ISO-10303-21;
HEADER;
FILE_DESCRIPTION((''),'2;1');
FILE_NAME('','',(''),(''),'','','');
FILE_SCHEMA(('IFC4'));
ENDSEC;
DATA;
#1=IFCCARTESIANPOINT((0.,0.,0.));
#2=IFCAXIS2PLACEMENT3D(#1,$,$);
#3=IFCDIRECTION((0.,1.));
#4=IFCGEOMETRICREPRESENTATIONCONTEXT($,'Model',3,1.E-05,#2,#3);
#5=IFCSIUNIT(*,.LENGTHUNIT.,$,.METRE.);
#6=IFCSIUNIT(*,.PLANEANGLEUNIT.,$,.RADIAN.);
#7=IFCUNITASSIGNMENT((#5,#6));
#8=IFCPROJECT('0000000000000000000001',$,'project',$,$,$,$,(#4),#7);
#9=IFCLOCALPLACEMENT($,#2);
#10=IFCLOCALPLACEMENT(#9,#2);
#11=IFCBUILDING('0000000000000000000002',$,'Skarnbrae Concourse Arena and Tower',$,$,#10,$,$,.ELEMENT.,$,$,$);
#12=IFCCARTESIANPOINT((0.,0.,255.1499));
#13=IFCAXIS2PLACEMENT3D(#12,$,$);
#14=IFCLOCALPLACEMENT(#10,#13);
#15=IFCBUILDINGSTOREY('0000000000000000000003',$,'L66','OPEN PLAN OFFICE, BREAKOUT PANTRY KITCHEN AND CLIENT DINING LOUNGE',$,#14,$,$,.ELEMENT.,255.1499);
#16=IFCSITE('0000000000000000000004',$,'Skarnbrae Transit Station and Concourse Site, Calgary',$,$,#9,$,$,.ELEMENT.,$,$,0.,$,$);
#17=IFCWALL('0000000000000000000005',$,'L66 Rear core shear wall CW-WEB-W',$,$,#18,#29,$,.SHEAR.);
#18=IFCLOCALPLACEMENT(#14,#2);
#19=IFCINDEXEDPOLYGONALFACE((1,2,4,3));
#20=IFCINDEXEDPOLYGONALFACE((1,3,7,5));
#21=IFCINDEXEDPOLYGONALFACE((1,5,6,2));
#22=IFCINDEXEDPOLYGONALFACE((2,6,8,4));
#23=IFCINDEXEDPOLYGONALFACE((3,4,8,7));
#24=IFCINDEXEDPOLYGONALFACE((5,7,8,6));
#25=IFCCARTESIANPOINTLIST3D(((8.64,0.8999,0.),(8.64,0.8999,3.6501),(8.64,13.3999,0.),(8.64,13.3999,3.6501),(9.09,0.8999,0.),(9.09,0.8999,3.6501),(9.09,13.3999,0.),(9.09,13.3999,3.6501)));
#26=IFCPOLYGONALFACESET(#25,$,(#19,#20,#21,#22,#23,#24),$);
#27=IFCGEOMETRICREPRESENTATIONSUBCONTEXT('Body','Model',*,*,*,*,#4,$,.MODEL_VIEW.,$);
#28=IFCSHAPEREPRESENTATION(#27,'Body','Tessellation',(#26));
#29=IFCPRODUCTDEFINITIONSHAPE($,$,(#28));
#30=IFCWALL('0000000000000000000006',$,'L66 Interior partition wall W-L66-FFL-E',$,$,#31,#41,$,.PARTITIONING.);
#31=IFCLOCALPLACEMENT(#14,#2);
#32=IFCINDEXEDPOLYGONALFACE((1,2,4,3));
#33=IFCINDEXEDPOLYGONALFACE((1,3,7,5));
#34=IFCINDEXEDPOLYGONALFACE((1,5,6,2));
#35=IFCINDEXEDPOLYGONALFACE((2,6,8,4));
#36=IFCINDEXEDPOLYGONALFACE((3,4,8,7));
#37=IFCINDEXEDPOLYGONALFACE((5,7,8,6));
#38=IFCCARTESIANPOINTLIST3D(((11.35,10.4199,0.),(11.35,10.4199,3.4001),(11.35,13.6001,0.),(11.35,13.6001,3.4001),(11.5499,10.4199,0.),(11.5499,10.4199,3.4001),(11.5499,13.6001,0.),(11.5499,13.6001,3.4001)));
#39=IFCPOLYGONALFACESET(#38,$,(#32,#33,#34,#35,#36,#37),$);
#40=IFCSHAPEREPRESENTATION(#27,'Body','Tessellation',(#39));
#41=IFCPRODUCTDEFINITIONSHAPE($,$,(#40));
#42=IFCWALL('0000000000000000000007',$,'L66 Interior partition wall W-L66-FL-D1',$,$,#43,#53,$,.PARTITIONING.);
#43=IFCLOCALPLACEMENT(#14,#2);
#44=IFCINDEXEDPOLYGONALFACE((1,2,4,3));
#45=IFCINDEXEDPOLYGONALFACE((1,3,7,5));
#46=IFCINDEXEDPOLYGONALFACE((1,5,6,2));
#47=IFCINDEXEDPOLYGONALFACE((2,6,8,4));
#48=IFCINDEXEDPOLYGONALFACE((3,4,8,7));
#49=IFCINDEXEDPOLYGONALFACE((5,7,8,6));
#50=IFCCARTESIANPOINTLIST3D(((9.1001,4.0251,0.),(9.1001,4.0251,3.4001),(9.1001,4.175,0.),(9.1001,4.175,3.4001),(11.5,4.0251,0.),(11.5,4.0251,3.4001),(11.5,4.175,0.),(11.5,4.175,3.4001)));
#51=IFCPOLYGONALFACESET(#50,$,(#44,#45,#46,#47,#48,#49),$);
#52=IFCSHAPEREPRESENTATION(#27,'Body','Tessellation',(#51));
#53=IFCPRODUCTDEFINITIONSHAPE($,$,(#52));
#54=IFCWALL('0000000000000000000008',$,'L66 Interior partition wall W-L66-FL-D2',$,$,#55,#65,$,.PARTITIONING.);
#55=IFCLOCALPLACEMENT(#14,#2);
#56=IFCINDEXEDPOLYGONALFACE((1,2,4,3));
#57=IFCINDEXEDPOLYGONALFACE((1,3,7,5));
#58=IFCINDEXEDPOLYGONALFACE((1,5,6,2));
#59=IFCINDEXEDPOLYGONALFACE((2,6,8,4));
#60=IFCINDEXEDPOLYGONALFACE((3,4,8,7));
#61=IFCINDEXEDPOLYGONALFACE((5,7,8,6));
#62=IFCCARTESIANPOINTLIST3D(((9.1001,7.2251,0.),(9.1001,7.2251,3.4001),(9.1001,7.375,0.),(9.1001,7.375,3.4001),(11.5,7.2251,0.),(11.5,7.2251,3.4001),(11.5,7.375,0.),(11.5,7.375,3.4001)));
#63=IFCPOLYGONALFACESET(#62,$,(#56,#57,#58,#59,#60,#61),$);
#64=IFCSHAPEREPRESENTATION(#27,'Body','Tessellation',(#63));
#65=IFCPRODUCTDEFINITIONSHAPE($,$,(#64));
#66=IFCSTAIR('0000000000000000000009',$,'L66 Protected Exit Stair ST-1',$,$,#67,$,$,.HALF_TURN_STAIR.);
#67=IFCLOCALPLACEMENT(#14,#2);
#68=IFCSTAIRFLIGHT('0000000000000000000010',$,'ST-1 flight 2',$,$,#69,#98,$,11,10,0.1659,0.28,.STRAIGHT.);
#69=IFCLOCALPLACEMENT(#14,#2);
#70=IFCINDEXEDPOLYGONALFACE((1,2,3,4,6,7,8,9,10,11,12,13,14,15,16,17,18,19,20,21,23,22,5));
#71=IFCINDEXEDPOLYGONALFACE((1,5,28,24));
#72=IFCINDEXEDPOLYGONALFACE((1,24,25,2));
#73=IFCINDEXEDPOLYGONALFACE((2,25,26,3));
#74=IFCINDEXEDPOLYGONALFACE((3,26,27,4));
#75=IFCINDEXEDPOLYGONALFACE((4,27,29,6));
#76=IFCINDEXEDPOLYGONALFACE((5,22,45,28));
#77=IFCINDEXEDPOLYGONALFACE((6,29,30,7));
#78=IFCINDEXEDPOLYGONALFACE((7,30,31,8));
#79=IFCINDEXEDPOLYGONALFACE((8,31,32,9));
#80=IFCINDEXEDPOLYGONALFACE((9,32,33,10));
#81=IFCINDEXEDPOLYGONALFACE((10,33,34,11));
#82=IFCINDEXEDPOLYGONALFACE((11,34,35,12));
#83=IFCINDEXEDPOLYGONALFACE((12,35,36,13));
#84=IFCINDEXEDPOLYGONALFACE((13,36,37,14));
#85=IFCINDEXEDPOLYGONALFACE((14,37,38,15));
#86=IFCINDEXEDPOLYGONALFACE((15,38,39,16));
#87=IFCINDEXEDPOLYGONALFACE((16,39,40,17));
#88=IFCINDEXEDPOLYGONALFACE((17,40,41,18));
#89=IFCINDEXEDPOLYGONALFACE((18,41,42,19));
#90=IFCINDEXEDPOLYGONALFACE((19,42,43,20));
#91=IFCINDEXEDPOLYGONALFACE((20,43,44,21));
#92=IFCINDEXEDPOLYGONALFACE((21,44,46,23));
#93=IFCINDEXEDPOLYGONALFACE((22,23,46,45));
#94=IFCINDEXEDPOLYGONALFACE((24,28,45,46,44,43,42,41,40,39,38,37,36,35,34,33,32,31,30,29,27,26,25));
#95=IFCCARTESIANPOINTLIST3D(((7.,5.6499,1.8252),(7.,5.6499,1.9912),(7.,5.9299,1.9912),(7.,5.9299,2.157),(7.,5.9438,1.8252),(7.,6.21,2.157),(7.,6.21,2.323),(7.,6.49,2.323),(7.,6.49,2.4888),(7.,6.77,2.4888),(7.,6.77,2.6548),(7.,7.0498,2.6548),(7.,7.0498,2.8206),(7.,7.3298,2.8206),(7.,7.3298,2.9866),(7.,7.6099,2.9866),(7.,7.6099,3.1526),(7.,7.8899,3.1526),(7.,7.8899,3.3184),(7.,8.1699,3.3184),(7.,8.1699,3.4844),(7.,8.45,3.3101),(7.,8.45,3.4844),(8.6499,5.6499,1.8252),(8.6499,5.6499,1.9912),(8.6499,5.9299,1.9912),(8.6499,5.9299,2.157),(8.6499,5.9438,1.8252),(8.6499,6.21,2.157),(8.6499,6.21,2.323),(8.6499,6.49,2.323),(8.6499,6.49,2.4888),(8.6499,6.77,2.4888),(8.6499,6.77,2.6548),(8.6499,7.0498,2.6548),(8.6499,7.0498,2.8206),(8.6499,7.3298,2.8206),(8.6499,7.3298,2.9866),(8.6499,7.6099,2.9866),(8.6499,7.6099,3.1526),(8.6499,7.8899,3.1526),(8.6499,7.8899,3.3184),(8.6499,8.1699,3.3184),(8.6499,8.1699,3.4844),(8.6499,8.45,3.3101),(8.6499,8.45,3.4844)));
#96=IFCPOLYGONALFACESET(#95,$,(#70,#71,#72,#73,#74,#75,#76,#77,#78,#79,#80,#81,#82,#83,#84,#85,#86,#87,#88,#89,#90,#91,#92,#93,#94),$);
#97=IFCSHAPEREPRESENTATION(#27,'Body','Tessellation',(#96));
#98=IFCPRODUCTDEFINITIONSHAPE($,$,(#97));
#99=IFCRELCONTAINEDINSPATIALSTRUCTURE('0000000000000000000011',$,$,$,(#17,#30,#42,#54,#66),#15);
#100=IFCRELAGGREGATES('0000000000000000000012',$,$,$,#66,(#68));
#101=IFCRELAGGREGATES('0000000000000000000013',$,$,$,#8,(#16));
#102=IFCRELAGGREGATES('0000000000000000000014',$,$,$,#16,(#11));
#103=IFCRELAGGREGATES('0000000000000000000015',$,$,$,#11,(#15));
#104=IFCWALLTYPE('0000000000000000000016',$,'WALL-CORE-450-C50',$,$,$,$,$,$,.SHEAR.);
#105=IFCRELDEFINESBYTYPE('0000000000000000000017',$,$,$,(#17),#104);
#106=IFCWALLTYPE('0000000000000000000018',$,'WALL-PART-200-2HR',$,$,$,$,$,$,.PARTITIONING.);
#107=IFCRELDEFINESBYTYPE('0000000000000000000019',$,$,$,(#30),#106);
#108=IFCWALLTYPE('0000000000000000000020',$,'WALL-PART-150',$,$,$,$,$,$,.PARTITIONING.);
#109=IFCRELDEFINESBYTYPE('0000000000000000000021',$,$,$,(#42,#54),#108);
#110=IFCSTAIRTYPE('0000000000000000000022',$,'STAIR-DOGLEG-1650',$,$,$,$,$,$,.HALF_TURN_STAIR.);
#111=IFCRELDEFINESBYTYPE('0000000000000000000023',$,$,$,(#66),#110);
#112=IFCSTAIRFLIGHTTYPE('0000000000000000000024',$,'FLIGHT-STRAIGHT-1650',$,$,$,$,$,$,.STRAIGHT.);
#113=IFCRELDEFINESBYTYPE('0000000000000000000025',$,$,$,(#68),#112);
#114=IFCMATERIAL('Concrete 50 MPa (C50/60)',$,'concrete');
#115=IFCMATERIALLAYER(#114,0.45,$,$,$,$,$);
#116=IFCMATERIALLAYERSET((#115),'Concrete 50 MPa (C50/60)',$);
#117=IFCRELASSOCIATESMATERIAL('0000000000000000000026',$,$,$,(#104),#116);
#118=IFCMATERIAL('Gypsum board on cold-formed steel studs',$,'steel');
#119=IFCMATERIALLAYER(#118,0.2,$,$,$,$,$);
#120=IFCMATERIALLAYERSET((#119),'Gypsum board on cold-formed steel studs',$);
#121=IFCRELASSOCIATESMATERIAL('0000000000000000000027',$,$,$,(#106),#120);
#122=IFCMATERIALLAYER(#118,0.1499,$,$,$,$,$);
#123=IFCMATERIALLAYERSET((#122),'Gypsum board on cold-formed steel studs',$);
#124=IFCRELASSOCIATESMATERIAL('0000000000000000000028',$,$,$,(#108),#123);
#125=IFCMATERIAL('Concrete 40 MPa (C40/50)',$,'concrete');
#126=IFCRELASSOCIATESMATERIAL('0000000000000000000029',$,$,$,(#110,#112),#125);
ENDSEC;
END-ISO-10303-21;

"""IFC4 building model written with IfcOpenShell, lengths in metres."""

from ifc_helpers import new_model, si_unit, direction, frame, frame_2d, origin, place, context, subcontext, project, spatial, polyline, rectangle, outline, extrude, source, transform, mapped, material, layer, layer_set, type_object, element, aggregate, save


model = new_model("IFC4")

# Units and contexts
model_context = context("Model", 3, precision=1e-05, world=origin(), true_north=direction((0.0, 1.0)))
body_context = subcontext(model_context, "Body", "Model", "MODEL_VIEW")
ifc_project = project(units=[si_unit("LENGTHUNIT", "METRE"), si_unit("PLANEANGLEUNIT", "RADIAN")], contexts=[model_context])

# Site, building, storey
site_placement = place(None, origin())
site = spatial("IfcSite", under=ifc_project, at=site_placement, Name="Skarnbrae Transit Station and Concourse Site, Calgary", CompositionType="ELEMENT", RefElevation=0.0)
building_placement = place(site_placement, origin())
building = spatial("IfcBuilding", under=site, at=building_placement, Name="Skarnbrae Concourse Arena and Tower", CompositionType="ELEMENT")
storey_placement = place(building_placement, frame((0.0, 0.0, 255.1499)))
storey = spatial("IfcBuildingStorey", under=building, at=storey_placement, Name="L66", Description="OPEN PLAN OFFICE, BREAKOUT PANTRY KITCHEN AND CLIENT DINING LOUNGE", CompositionType="ELEMENT", Elevation=255.1499)

# Walls
ifc_material_1 = material(Name="Concrete 50 MPa (C50/60)", Category="concrete")
ifc_layer_1 = layer(ifc_material_1, 0.45)
ifc_layer_set_1 = layer_set([ifc_layer_1], Name="Concrete 50 MPa (C50/60)")
wall_type_1 = type_object("IfcWallType", Name="WALL-CORE-450-C50", PredefinedType="SHEAR", material=ifc_layer_set_1)
shared_shape_1 = source(origin(), body_context, "Body", "SweptSolid", [
    extrude(rectangle(XDim=12.5, YDim=0.45, at=frame_2d((6.25, 0.0))), origin(), (0.0, 0.0, 1.0), 3.6501),
])
wall_1_placement = place(storey_placement, frame((8.865, 0.8999, 0.0), z_axis=(0.0, 0.0, 1.0), x_axis=(0.0, 1.0, 0.0)))
element("IfcWall", 1, at=wall_1_placement, inside=storey, type_object=wall_type_1, Name="L66 Rear core shear wall CW-WEB-W", PredefinedType="SHEAR", context=body_context, shape_type="MappedRepresentation", body=[
    mapped(shared_shape_1, transform((0.0, 0.0, 0.0))),
])
ifc_material_2 = material(Name="Gypsum board on cold-formed steel studs", Category="steel")
ifc_layer_2 = layer(ifc_material_2, 0.2)
ifc_layer_set_2 = layer_set([ifc_layer_2], Name="Gypsum board on cold-formed steel studs")
wall_type_2 = type_object("IfcWallType", Name="WALL-PART-200-2HR", PredefinedType="PARTITIONING", material=ifc_layer_set_2)
shared_shape_2 = source(origin(), body_context, "Body", "SweptSolid", [
    extrude(rectangle(XDim=3.1802, YDim=0.2, at=frame_2d((1.5901, 0.0))), origin(), (0.0, 0.0, 1.0), 3.4001),
])
wall_2_placement = place(storey_placement, frame((11.45, 10.4199, 0.0), z_axis=(0.0, 0.0, 1.0), x_axis=(0.0, 1.0, 0.0)))
element("IfcWall", 2, at=wall_2_placement, inside=storey, type_object=wall_type_2, Name="L66 Interior partition wall W-L66-FFL-E", PredefinedType="PARTITIONING", context=body_context, shape_type="MappedRepresentation", body=[
    mapped(shared_shape_2, transform((0.0, 0.0, 0.0))),
])

# Walls
ifc_layer_3 = layer(ifc_material_2, 0.1499)
ifc_layer_set_3 = layer_set([ifc_layer_3], Name="Gypsum board on cold-formed steel studs")
wall_type_3 = type_object("IfcWallType", Name="WALL-PART-150", PredefinedType="PARTITIONING", material=ifc_layer_set_3)
shared_shape_3 = source(origin(), body_context, "Body", "SweptSolid", [
    extrude(rectangle(XDim=2.3999, YDim=0.1499, at=frame_2d((1.2, 0.0))), origin(), (0.0, 0.0, 1.0), 3.4001),
])
for number, where, z_axis, x_axis, name in (
    (3, (9.1001, 4.1001, 0.0), (0.0, 0.0, 1.0), (1.0, 0.0, 0.0), "L66 Interior partition wall W-L66-FL-D1"),
    (4, (9.1001, 7.3, 0.0), (0.0, 0.0, 1.0), (1.0, 0.0, 0.0), "L66 Interior partition wall W-L66-FL-D2"),
):
    element("IfcWall", number, at=place(storey_placement, frame(where, z_axis=z_axis, x_axis=x_axis)), inside=storey, type_object=wall_type_3, Name=name, PredefinedType="PARTITIONING", context=body_context, shape_type="MappedRepresentation", body=[
        mapped(shared_shape_3, transform((0.0, 0.0, 0.0))),
    ])

# Stair, stair flight
ifc_material_3 = material(Name="Concrete 40 MPa (C40/50)", Category="concrete")
stair_type = type_object("IfcStairType", Name="STAIR-DOGLEG-1650", PredefinedType="HALF_TURN_STAIR", material=ifc_material_3)
stair_placement = place(storey_placement, origin())
stair = element("IfcStair", 5, at=stair_placement, inside=storey, type_object=stair_type, Name="L66 Protected Exit Stair ST-1", PredefinedType="HALF_TURN_STAIR")
stair_flight_type = type_object("IfcStairFlightType", Name="FLIGHT-STRAIGHT-1650", PredefinedType="STRAIGHT", material=ifc_material_3)
shared_shape_4 = source(origin(), body_context, "Body", "SweptSolid", [
    extrude(outline(polyline([(0.0, 0.0), (0.0, 0.166), (0.28, 0.166), (0.28, 0.3318), (0.5601, 0.3318), (0.5601, 0.4978), (0.8401, 0.4978), (0.8401, 0.6636), (1.1201, 0.6636), (1.1201, 0.8296), (1.3999, 0.8296), (1.3999, 0.9954), (1.6799, 0.9954), (1.6799, 1.1614), (1.96, 1.1614), (1.96, 1.3274), (2.24, 1.3274), (2.24, 1.4932), (2.52, 1.4932), (2.52, 1.6592), (2.8, 1.6592), (2.8, 1.825), (2.8, 1.4849), (0.2939, 0.0), (0.0, 0.0)])), frame((0.0, 0.825, 0.0), z_axis=(0.0, -1.0, 0.0), x_axis=(1.0, 0.0, 0.0)), (0.0, 0.0, 1.0), 1.6499),
])
stair_flight_placement = place(storey_placement, frame((7.825, 5.6499, 1.8252), z_axis=(0.0, 0.0, 1.0), x_axis=(0.0, 1.0, 0.0)))
stair_flight = element("IfcStairFlight", 6, at=stair_flight_placement, type_object=stair_flight_type, Name="ST-1 flight 2", NumberOfRisers=11, NumberOfTreads=10, PredefinedType="STRAIGHT", RiserHeight=0.1659, TreadLength=0.28, context=body_context, shape_type="MappedRepresentation", body=[
    mapped(shared_shape_4, transform((0.0, 0.0, 0.0))),
])
aggregate(stair, [stair_flight])

save(model, "model.ifc")
